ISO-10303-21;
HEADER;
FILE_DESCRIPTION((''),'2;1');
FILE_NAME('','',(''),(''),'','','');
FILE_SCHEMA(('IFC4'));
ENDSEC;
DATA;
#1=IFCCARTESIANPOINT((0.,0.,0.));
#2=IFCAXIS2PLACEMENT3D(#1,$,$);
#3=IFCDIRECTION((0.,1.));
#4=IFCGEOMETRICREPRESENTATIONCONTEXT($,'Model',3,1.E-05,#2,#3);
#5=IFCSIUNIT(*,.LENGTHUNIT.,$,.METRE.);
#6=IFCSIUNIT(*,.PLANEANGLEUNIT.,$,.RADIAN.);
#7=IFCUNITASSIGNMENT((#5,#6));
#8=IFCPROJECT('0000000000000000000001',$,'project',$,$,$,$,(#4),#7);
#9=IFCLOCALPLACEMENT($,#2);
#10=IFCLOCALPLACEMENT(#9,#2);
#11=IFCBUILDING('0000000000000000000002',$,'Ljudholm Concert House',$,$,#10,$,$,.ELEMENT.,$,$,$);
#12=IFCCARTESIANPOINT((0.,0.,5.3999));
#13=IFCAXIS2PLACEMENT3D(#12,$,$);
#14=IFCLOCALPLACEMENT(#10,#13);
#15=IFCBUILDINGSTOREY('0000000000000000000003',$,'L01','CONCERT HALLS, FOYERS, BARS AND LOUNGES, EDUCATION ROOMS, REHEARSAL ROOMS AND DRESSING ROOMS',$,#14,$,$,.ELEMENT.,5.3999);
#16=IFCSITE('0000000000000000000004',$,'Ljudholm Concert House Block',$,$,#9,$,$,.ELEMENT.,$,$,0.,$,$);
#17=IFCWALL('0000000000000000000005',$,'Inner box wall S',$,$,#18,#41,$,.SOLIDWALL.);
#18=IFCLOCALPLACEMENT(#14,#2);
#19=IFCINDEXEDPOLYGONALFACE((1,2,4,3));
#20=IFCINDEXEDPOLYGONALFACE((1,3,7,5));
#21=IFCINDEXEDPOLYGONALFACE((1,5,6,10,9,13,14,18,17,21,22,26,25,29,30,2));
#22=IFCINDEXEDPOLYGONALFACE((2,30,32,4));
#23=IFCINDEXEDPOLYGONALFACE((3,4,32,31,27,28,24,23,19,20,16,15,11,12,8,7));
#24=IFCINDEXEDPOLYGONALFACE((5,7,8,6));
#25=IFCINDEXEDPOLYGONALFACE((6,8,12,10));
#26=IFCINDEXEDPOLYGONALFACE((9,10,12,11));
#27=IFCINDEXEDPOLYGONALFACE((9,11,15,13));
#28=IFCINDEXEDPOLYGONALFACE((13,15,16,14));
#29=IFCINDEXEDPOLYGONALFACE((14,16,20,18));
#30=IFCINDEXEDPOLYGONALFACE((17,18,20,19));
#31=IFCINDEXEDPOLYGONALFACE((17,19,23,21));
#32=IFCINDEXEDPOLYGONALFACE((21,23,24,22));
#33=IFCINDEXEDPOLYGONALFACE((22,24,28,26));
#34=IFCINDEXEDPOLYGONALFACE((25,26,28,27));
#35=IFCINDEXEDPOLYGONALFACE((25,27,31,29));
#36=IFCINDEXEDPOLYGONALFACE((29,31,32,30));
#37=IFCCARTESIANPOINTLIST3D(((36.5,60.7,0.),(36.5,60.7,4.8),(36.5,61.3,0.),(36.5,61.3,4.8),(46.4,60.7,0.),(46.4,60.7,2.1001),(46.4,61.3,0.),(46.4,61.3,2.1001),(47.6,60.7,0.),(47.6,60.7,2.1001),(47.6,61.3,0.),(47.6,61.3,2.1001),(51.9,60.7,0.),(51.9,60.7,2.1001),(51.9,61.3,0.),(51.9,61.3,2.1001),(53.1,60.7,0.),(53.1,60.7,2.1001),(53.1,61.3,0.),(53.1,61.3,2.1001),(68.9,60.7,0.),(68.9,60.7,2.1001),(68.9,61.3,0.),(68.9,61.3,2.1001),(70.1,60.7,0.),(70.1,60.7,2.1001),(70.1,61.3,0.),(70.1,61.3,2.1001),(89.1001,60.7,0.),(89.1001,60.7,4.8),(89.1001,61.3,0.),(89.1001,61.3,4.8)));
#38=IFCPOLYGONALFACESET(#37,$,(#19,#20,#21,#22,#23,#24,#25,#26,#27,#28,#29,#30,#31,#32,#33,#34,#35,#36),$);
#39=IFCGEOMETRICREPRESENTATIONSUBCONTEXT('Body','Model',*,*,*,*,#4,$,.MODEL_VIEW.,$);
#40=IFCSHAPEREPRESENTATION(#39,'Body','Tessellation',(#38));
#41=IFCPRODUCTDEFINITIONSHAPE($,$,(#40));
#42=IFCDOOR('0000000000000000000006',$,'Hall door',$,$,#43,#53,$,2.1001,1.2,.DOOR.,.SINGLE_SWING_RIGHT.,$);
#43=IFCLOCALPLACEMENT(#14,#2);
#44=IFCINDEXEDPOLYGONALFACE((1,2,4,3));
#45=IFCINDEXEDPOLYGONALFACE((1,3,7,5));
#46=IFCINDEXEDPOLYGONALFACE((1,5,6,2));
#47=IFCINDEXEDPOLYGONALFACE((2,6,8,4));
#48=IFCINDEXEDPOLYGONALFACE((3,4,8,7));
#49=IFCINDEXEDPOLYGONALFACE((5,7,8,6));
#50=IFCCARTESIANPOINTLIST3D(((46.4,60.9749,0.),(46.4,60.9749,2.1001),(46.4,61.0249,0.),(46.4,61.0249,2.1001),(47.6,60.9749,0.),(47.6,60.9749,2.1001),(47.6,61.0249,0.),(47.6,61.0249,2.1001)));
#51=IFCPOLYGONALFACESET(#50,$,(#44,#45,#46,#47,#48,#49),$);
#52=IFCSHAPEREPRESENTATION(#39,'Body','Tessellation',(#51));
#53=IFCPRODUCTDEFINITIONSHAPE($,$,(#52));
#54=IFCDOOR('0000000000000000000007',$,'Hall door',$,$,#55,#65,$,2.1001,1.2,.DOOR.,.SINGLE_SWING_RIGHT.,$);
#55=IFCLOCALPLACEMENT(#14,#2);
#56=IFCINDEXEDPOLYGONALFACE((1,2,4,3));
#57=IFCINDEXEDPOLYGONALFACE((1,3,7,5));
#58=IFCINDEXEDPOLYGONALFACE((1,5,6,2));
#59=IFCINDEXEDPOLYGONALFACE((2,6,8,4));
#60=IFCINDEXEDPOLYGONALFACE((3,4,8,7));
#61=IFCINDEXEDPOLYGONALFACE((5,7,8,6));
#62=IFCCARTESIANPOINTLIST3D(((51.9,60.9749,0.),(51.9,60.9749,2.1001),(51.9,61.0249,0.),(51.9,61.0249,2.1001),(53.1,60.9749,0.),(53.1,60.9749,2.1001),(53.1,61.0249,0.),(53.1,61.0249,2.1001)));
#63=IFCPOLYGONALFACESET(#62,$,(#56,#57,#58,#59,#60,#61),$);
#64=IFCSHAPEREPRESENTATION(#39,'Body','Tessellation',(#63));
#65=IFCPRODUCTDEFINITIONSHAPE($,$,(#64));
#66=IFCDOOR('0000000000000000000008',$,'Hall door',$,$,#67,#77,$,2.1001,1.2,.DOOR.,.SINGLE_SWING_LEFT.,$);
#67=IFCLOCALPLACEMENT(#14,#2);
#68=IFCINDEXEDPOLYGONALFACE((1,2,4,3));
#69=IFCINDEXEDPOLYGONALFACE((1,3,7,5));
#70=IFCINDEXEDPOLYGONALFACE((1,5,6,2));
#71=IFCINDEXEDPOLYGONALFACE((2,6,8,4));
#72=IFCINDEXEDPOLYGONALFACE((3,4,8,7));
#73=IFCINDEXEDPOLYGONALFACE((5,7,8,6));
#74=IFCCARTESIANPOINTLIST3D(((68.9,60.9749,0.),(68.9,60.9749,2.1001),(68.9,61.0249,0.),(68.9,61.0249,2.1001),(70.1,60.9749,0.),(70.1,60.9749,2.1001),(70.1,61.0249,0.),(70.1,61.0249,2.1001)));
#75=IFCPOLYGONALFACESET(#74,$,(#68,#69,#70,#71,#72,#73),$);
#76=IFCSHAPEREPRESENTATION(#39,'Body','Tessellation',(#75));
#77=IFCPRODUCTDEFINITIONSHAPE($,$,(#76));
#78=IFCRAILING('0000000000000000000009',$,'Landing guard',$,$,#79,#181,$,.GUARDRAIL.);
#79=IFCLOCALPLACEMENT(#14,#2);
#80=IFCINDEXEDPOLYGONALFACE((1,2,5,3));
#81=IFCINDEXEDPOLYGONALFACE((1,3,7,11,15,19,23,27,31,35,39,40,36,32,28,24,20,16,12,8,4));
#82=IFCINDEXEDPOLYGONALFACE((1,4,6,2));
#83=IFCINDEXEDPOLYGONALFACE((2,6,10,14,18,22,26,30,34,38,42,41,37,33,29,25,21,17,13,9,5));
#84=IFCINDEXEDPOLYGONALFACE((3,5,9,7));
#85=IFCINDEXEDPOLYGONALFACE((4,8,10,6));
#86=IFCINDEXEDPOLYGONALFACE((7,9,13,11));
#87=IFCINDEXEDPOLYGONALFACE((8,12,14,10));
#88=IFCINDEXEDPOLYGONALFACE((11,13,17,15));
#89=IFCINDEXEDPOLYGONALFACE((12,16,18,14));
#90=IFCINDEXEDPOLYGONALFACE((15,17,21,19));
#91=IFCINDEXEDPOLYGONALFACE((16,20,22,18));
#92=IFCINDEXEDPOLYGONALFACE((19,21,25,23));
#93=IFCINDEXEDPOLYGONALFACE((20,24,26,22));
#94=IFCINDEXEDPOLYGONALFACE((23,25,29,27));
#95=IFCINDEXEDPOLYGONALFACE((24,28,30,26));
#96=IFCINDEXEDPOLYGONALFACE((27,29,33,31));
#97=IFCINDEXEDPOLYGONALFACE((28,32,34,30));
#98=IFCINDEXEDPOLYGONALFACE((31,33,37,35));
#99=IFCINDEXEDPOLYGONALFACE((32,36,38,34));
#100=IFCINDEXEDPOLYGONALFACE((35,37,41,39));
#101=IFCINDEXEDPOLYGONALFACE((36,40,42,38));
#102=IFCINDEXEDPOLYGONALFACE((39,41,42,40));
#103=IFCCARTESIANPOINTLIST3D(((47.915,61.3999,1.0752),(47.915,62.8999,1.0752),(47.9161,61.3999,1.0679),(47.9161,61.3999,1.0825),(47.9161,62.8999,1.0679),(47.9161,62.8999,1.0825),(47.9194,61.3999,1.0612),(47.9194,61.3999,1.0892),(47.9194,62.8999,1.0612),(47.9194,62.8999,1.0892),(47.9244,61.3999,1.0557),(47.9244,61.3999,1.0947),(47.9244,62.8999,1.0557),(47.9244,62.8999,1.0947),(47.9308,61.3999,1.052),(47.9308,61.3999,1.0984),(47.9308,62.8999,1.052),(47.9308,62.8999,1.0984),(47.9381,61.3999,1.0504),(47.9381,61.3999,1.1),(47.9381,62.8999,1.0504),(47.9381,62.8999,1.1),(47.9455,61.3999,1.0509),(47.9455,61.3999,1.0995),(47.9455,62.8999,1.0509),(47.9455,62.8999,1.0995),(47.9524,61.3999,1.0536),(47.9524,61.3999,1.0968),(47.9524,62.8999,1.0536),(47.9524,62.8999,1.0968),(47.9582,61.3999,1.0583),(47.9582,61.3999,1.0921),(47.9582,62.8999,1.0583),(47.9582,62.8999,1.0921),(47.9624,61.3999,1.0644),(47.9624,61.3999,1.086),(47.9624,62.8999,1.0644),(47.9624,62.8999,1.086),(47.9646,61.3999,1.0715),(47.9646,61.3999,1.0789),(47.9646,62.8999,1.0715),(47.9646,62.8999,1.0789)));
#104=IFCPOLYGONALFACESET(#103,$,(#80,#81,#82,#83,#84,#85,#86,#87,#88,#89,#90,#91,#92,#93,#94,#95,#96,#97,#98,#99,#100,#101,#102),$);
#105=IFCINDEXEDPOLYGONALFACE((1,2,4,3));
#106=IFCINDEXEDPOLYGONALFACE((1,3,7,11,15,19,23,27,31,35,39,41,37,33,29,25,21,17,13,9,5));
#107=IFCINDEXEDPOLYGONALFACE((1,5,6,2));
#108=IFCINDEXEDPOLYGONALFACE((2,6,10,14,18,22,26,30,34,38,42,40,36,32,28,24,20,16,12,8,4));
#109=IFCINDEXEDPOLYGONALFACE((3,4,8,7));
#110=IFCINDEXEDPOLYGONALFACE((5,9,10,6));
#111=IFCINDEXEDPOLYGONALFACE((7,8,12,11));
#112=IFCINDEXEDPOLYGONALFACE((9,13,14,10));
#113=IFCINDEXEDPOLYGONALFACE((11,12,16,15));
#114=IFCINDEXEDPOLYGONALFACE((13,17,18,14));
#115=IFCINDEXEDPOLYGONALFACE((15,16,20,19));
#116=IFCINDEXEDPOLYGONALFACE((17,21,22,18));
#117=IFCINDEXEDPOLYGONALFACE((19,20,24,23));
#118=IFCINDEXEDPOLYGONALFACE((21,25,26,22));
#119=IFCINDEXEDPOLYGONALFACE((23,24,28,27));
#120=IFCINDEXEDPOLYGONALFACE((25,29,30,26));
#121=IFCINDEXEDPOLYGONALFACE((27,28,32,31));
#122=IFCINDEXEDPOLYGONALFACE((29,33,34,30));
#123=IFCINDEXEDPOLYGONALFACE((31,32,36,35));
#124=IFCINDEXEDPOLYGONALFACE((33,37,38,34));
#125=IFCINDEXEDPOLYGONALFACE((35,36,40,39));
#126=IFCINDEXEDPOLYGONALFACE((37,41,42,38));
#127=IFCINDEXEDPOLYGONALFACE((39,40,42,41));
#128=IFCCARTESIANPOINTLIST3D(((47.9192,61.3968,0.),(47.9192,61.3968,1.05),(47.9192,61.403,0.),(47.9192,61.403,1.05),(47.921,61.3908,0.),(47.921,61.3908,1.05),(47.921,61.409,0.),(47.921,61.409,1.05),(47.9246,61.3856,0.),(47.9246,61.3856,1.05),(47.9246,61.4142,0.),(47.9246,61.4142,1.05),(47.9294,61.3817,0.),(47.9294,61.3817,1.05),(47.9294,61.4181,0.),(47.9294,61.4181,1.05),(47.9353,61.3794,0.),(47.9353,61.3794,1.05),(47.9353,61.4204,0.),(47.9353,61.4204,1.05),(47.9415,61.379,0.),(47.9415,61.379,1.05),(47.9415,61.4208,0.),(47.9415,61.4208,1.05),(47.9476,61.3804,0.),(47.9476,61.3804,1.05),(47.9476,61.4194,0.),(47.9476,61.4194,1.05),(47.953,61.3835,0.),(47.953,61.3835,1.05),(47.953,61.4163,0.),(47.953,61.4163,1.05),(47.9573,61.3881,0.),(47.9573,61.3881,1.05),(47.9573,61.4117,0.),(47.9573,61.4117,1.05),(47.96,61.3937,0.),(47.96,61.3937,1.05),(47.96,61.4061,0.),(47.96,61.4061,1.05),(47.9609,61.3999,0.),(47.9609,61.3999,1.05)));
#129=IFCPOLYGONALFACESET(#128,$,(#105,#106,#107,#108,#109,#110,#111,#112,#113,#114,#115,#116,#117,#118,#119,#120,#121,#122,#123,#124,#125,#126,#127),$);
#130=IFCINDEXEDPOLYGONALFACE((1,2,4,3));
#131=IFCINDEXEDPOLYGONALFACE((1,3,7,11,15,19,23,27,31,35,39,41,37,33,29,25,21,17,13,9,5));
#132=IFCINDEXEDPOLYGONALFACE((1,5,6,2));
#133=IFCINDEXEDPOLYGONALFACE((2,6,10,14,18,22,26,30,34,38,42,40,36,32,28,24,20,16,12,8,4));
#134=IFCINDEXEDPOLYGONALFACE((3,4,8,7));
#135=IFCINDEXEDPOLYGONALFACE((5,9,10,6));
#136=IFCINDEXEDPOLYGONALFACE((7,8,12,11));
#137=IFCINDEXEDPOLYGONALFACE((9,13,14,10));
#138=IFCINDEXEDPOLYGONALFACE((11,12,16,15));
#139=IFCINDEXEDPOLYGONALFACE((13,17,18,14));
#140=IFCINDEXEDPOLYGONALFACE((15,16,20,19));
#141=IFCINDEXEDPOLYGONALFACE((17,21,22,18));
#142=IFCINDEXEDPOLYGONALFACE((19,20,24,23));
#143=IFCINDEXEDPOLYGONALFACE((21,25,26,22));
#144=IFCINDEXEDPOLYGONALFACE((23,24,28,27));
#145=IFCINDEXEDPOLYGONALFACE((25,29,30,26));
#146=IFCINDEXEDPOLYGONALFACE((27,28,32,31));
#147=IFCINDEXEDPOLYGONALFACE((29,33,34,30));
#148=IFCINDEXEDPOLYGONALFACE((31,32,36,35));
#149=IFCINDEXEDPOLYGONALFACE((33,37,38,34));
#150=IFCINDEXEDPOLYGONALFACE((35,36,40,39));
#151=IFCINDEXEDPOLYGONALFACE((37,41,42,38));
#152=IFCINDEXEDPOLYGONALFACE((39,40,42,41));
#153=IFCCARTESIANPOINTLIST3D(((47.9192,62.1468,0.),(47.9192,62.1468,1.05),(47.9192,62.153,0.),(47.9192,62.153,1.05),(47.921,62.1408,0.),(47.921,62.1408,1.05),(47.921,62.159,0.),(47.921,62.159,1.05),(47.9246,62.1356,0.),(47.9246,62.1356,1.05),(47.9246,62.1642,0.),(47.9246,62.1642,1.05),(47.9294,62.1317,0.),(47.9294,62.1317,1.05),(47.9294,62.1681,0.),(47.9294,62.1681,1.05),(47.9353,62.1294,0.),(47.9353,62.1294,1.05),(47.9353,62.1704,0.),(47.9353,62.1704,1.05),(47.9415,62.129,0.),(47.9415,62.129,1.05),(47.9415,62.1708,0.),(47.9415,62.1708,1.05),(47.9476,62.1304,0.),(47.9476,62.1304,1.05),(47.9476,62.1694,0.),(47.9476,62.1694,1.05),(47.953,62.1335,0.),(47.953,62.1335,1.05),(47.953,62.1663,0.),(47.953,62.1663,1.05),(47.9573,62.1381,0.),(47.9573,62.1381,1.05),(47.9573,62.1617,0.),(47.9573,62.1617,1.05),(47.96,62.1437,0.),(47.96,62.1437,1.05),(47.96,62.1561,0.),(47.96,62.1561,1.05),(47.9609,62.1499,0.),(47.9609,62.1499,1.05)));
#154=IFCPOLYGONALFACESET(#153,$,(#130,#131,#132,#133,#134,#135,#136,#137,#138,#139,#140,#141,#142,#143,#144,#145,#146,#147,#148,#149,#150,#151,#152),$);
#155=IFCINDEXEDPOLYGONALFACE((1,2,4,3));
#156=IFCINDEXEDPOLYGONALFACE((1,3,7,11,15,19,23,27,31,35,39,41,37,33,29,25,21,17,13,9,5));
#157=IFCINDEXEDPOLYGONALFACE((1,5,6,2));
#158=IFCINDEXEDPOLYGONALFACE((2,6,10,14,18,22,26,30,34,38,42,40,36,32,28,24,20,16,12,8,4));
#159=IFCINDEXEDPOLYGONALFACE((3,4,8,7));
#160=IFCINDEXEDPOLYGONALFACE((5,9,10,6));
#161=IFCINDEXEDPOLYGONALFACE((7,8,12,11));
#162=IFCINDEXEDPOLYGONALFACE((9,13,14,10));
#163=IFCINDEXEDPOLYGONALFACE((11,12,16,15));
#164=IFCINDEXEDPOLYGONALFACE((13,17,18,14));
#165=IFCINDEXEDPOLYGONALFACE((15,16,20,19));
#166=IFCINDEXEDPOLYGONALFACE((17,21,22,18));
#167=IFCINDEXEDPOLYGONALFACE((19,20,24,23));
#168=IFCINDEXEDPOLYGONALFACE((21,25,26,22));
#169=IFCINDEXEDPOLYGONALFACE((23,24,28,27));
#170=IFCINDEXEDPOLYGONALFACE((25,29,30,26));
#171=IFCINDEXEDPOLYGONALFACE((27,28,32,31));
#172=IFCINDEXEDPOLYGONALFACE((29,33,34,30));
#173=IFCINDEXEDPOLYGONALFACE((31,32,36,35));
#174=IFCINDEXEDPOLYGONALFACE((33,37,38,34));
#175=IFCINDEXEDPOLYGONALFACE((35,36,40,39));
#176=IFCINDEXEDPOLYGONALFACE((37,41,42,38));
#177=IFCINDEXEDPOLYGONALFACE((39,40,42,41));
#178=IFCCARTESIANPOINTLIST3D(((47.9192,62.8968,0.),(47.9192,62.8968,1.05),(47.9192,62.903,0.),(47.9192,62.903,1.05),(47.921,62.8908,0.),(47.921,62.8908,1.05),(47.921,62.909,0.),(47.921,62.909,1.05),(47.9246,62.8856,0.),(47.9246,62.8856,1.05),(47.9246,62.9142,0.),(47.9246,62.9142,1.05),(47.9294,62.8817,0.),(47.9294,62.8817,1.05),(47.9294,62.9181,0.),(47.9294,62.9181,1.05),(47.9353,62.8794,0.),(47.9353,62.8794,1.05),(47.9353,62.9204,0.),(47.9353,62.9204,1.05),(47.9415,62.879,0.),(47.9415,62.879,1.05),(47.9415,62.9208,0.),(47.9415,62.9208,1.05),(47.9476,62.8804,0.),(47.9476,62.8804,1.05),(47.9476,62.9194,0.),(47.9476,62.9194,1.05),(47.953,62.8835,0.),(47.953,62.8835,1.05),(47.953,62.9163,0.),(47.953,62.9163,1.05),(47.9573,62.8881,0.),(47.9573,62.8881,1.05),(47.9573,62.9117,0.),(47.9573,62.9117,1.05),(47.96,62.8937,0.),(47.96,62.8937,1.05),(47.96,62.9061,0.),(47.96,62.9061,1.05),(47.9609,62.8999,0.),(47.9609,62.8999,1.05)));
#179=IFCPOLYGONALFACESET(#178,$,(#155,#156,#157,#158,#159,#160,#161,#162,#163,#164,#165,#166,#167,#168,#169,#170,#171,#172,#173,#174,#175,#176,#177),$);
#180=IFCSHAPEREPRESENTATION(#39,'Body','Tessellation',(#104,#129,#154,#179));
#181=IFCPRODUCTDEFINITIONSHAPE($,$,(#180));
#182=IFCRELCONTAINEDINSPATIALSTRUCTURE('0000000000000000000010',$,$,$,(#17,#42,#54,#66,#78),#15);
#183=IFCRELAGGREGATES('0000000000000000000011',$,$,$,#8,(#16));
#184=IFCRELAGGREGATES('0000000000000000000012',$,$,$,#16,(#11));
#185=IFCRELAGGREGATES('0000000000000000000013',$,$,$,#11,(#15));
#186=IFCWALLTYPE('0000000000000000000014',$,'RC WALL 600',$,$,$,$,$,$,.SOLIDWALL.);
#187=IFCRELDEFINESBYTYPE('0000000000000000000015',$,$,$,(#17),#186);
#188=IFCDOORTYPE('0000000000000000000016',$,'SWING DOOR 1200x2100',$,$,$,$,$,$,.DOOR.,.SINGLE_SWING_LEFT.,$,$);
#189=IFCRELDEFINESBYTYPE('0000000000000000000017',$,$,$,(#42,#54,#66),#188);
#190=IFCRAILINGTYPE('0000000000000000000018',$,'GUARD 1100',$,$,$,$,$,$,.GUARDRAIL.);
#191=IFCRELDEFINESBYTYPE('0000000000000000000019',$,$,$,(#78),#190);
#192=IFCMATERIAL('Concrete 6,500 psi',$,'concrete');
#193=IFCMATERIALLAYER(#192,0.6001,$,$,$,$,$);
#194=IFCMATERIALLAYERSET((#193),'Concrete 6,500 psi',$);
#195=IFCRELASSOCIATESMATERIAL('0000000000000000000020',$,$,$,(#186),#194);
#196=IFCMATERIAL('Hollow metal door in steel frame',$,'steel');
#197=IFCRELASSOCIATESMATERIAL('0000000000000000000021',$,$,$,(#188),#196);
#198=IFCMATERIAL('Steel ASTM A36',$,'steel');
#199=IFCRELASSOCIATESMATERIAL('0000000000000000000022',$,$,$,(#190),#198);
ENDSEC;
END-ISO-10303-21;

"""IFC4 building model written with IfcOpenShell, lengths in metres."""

from ifc_helpers import new_model, si_unit, direction, frame, frame_2d, origin, origin_2d, place, context, subcontext, project, spatial, rectangle, circle, extrude, material, layer, layer_set, type_object, element, fill, save


model = new_model("IFC4")

# Units and contexts
model_context = context("Model", 3, precision=1e-05, world=origin(), true_north=direction((0.0, 1.0)))
body_context = subcontext(model_context, "Body", "Model", "MODEL_VIEW")
ifc_project = project(units=[si_unit("LENGTHUNIT", "METRE"), si_unit("PLANEANGLEUNIT", "RADIAN")], contexts=[model_context])

# Site, building, storey
site_placement = place(None, origin())
site = spatial("IfcSite", under=ifc_project, at=site_placement, Name="Ljudholm Concert House Block", CompositionType="ELEMENT", RefElevation=0.0)
building_placement = place(site_placement, origin())
building = spatial("IfcBuilding", under=site, at=building_placement, Name="Ljudholm Concert House", CompositionType="ELEMENT")
storey_placement = place(building_placement, frame((0.0, 0.0, 5.3999)))
storey = spatial("IfcBuildingStorey", under=building, at=storey_placement, Name="L01", Description="CONCERT HALLS, FOYERS, BARS AND LOUNGES, EDUCATION ROOMS, REHEARSAL ROOMS AND DRESSING ROOMS", CompositionType="ELEMENT", Elevation=5.3999)

# Shared definitions
ifc_material_1 = material(Name="Concrete 6,500 psi", Category="concrete")
ifc_layer_1 = layer(ifc_material_1, 0.6001)
ifc_layer_set_1 = layer_set([ifc_layer_1], Name="Concrete 6,500 psi")
wall_type_1 = type_object("IfcWallType", Name="RC WALL 600", PredefinedType="SOLIDWALL", material=ifc_layer_set_1)

# Wall, openings, doors
wall_1_placement = place(storey_placement, frame((36.5, 61.0, 0.0), z_axis=(0.0, 0.0, 1.0), x_axis=(1.0, 0.0, 0.0)))
wall_1 = element("IfcWall", 1, at=wall_1_placement, inside=storey, type_object=wall_type_1, Name="Inner box wall S", PredefinedType="SOLIDWALL", context=body_context, shape_type="SweptSolid", body=[
    extrude(rectangle(XDim=52.6001, YDim=0.6001, at=frame_2d((26.3, 0.0))), origin(), (0.0, 0.0, 1.0), 4.8),
])
opening_1_placement = place(wall_1_placement, frame((9.8999, 0.0, 0.0)))
opening_1 = element("IfcOpeningElement", 2, at=opening_1_placement, cuts=wall_1, PredefinedType="OPENING", context=body_context, shape_type="SweptSolid", body=[
    extrude(rectangle(XDim=1.2, YDim=2.1001, at=frame_2d((0.6001, 1.05))), frame((0.0, 0.3101, 0.0), z_axis=(0.0, -1.0, 0.0), x_axis=(1.0, 0.0, 0.0)), (0.0, 0.0, 1.0), 0.6201),
])
opening_2_placement = place(wall_1_placement, frame((15.3999, 0.0, 0.0)))
opening_2 = element("IfcOpeningElement", 3, at=opening_2_placement, cuts=wall_1, PredefinedType="OPENING", context=body_context, shape_type="SweptSolid", body=[
    extrude(rectangle(XDim=1.2, YDim=2.1001, at=frame_2d((0.6001, 1.05))), frame((0.0, 0.3101, 0.0), z_axis=(0.0, -1.0, 0.0), x_axis=(1.0, 0.0, 0.0)), (0.0, 0.0, 1.0), 0.6201),
])
opening_3_placement = place(wall_1_placement, frame((32.3999, 0.0, 0.0)))
opening_3 = element("IfcOpeningElement", 4, at=opening_3_placement, cuts=wall_1, PredefinedType="OPENING", context=body_context, shape_type="SweptSolid", body=[
    extrude(rectangle(XDim=1.2, YDim=2.1001, at=frame_2d((0.6001, 1.05))), frame((0.0, 0.3101, 0.0), z_axis=(0.0, -1.0, 0.0), x_axis=(1.0, 0.0, 0.0)), (0.0, 0.0, 1.0), 0.6201),
])
ifc_material_2 = material(Name="Hollow metal door in steel frame", Category="steel")
door_type_1 = type_object("IfcDoorType", Name="SWING DOOR 1200x2100", OperationType="SINGLE_SWING_LEFT", PredefinedType="DOOR", material=ifc_material_2)
door_1_placement = place(opening_1_placement, origin())
door_1 = element("IfcDoor", 5, at=door_1_placement, inside=storey, type_object=door_type_1, Name="Hall door", OperationType="SINGLE_SWING_RIGHT", OverallHeight=2.1001, OverallWidth=1.2, PredefinedType="DOOR", context=body_context, shape_type="SweptSolid", body=[
    extrude(rectangle(XDim=1.2, YDim=2.1001, at=frame_2d((0.6001, 1.05))), frame((0.0, 0.0249, 0.0), z_axis=(0.0, -1.0, 0.0), x_axis=(1.0, 0.0, 0.0)), (0.0, 0.0, 1.0), 0.05),
])
fill(opening_1, door_1)
door_2_placement = place(opening_2_placement, origin())
door_2 = element("IfcDoor", 6, at=door_2_placement, inside=storey, type_object=door_type_1, Name="Hall door", OperationType="SINGLE_SWING_RIGHT", OverallHeight=2.1001, OverallWidth=1.2, PredefinedType="DOOR", context=body_context, shape_type="SweptSolid", body=[
    extrude(rectangle(XDim=1.2, YDim=2.1001, at=frame_2d((0.6001, 1.05))), frame((0.0, 0.0249, 0.0), z_axis=(0.0, -1.0, 0.0), x_axis=(1.0, 0.0, 0.0)), (0.0, 0.0, 1.0), 0.05),
])
fill(opening_2, door_2)
door_3_placement = place(opening_3_placement, origin())
door_3 = element("IfcDoor", 7, at=door_3_placement, inside=storey, type_object=door_type_1, Name="Hall door", OperationType="SINGLE_SWING_LEFT", OverallHeight=2.1001, OverallWidth=1.2, PredefinedType="DOOR", context=body_context, shape_type="SweptSolid", body=[
    extrude(rectangle(XDim=1.2, YDim=2.1001, at=frame_2d((0.6001, 1.05))), frame((0.0, 0.0249, 0.0), z_axis=(0.0, -1.0, 0.0), x_axis=(1.0, 0.0, 0.0)), (0.0, 0.0, 1.0), 0.05),
])
fill(opening_3, door_3)

# Railing
ifc_material_3 = material(Name="Steel ASTM A36", Category="steel")
railing_type = type_object("IfcRailingType", Name="GUARD 1100", PredefinedType="GUARDRAIL", material=ifc_material_3)
railing_1_placement = place(storey_placement, frame((47.9399, 61.3999, 0.0)))
element("IfcRailing", 8, at=railing_1_placement, inside=storey, type_object=railing_type, Name="Landing guard", PredefinedType="GUARDRAIL", context=body_context, shape_type="SweptSolid", body=[
    extrude(circle(Radius=0.0249, at=origin_2d()), frame((0.0, 0.0, 1.0752), z_axis=(0.0, 1.0, 0.0), x_axis=(-1.0, 0.0, 0.0)), (0.0, 0.0, 1.0), 1.5),
    extrude(circle(Radius=0.021, at=origin_2d()), origin(), (0.0, 0.0, 1.0), 1.05),
    extrude(circle(Radius=0.021, at=origin_2d()), frame((0.0, 0.75, 0.0)), (0.0, 0.0, 1.0), 1.05),
    extrude(circle(Radius=0.021, at=origin_2d()), frame((0.0, 1.5, 0.0)), (0.0, 0.0, 1.0), 1.05),
])

save(model, "model.ifc")
